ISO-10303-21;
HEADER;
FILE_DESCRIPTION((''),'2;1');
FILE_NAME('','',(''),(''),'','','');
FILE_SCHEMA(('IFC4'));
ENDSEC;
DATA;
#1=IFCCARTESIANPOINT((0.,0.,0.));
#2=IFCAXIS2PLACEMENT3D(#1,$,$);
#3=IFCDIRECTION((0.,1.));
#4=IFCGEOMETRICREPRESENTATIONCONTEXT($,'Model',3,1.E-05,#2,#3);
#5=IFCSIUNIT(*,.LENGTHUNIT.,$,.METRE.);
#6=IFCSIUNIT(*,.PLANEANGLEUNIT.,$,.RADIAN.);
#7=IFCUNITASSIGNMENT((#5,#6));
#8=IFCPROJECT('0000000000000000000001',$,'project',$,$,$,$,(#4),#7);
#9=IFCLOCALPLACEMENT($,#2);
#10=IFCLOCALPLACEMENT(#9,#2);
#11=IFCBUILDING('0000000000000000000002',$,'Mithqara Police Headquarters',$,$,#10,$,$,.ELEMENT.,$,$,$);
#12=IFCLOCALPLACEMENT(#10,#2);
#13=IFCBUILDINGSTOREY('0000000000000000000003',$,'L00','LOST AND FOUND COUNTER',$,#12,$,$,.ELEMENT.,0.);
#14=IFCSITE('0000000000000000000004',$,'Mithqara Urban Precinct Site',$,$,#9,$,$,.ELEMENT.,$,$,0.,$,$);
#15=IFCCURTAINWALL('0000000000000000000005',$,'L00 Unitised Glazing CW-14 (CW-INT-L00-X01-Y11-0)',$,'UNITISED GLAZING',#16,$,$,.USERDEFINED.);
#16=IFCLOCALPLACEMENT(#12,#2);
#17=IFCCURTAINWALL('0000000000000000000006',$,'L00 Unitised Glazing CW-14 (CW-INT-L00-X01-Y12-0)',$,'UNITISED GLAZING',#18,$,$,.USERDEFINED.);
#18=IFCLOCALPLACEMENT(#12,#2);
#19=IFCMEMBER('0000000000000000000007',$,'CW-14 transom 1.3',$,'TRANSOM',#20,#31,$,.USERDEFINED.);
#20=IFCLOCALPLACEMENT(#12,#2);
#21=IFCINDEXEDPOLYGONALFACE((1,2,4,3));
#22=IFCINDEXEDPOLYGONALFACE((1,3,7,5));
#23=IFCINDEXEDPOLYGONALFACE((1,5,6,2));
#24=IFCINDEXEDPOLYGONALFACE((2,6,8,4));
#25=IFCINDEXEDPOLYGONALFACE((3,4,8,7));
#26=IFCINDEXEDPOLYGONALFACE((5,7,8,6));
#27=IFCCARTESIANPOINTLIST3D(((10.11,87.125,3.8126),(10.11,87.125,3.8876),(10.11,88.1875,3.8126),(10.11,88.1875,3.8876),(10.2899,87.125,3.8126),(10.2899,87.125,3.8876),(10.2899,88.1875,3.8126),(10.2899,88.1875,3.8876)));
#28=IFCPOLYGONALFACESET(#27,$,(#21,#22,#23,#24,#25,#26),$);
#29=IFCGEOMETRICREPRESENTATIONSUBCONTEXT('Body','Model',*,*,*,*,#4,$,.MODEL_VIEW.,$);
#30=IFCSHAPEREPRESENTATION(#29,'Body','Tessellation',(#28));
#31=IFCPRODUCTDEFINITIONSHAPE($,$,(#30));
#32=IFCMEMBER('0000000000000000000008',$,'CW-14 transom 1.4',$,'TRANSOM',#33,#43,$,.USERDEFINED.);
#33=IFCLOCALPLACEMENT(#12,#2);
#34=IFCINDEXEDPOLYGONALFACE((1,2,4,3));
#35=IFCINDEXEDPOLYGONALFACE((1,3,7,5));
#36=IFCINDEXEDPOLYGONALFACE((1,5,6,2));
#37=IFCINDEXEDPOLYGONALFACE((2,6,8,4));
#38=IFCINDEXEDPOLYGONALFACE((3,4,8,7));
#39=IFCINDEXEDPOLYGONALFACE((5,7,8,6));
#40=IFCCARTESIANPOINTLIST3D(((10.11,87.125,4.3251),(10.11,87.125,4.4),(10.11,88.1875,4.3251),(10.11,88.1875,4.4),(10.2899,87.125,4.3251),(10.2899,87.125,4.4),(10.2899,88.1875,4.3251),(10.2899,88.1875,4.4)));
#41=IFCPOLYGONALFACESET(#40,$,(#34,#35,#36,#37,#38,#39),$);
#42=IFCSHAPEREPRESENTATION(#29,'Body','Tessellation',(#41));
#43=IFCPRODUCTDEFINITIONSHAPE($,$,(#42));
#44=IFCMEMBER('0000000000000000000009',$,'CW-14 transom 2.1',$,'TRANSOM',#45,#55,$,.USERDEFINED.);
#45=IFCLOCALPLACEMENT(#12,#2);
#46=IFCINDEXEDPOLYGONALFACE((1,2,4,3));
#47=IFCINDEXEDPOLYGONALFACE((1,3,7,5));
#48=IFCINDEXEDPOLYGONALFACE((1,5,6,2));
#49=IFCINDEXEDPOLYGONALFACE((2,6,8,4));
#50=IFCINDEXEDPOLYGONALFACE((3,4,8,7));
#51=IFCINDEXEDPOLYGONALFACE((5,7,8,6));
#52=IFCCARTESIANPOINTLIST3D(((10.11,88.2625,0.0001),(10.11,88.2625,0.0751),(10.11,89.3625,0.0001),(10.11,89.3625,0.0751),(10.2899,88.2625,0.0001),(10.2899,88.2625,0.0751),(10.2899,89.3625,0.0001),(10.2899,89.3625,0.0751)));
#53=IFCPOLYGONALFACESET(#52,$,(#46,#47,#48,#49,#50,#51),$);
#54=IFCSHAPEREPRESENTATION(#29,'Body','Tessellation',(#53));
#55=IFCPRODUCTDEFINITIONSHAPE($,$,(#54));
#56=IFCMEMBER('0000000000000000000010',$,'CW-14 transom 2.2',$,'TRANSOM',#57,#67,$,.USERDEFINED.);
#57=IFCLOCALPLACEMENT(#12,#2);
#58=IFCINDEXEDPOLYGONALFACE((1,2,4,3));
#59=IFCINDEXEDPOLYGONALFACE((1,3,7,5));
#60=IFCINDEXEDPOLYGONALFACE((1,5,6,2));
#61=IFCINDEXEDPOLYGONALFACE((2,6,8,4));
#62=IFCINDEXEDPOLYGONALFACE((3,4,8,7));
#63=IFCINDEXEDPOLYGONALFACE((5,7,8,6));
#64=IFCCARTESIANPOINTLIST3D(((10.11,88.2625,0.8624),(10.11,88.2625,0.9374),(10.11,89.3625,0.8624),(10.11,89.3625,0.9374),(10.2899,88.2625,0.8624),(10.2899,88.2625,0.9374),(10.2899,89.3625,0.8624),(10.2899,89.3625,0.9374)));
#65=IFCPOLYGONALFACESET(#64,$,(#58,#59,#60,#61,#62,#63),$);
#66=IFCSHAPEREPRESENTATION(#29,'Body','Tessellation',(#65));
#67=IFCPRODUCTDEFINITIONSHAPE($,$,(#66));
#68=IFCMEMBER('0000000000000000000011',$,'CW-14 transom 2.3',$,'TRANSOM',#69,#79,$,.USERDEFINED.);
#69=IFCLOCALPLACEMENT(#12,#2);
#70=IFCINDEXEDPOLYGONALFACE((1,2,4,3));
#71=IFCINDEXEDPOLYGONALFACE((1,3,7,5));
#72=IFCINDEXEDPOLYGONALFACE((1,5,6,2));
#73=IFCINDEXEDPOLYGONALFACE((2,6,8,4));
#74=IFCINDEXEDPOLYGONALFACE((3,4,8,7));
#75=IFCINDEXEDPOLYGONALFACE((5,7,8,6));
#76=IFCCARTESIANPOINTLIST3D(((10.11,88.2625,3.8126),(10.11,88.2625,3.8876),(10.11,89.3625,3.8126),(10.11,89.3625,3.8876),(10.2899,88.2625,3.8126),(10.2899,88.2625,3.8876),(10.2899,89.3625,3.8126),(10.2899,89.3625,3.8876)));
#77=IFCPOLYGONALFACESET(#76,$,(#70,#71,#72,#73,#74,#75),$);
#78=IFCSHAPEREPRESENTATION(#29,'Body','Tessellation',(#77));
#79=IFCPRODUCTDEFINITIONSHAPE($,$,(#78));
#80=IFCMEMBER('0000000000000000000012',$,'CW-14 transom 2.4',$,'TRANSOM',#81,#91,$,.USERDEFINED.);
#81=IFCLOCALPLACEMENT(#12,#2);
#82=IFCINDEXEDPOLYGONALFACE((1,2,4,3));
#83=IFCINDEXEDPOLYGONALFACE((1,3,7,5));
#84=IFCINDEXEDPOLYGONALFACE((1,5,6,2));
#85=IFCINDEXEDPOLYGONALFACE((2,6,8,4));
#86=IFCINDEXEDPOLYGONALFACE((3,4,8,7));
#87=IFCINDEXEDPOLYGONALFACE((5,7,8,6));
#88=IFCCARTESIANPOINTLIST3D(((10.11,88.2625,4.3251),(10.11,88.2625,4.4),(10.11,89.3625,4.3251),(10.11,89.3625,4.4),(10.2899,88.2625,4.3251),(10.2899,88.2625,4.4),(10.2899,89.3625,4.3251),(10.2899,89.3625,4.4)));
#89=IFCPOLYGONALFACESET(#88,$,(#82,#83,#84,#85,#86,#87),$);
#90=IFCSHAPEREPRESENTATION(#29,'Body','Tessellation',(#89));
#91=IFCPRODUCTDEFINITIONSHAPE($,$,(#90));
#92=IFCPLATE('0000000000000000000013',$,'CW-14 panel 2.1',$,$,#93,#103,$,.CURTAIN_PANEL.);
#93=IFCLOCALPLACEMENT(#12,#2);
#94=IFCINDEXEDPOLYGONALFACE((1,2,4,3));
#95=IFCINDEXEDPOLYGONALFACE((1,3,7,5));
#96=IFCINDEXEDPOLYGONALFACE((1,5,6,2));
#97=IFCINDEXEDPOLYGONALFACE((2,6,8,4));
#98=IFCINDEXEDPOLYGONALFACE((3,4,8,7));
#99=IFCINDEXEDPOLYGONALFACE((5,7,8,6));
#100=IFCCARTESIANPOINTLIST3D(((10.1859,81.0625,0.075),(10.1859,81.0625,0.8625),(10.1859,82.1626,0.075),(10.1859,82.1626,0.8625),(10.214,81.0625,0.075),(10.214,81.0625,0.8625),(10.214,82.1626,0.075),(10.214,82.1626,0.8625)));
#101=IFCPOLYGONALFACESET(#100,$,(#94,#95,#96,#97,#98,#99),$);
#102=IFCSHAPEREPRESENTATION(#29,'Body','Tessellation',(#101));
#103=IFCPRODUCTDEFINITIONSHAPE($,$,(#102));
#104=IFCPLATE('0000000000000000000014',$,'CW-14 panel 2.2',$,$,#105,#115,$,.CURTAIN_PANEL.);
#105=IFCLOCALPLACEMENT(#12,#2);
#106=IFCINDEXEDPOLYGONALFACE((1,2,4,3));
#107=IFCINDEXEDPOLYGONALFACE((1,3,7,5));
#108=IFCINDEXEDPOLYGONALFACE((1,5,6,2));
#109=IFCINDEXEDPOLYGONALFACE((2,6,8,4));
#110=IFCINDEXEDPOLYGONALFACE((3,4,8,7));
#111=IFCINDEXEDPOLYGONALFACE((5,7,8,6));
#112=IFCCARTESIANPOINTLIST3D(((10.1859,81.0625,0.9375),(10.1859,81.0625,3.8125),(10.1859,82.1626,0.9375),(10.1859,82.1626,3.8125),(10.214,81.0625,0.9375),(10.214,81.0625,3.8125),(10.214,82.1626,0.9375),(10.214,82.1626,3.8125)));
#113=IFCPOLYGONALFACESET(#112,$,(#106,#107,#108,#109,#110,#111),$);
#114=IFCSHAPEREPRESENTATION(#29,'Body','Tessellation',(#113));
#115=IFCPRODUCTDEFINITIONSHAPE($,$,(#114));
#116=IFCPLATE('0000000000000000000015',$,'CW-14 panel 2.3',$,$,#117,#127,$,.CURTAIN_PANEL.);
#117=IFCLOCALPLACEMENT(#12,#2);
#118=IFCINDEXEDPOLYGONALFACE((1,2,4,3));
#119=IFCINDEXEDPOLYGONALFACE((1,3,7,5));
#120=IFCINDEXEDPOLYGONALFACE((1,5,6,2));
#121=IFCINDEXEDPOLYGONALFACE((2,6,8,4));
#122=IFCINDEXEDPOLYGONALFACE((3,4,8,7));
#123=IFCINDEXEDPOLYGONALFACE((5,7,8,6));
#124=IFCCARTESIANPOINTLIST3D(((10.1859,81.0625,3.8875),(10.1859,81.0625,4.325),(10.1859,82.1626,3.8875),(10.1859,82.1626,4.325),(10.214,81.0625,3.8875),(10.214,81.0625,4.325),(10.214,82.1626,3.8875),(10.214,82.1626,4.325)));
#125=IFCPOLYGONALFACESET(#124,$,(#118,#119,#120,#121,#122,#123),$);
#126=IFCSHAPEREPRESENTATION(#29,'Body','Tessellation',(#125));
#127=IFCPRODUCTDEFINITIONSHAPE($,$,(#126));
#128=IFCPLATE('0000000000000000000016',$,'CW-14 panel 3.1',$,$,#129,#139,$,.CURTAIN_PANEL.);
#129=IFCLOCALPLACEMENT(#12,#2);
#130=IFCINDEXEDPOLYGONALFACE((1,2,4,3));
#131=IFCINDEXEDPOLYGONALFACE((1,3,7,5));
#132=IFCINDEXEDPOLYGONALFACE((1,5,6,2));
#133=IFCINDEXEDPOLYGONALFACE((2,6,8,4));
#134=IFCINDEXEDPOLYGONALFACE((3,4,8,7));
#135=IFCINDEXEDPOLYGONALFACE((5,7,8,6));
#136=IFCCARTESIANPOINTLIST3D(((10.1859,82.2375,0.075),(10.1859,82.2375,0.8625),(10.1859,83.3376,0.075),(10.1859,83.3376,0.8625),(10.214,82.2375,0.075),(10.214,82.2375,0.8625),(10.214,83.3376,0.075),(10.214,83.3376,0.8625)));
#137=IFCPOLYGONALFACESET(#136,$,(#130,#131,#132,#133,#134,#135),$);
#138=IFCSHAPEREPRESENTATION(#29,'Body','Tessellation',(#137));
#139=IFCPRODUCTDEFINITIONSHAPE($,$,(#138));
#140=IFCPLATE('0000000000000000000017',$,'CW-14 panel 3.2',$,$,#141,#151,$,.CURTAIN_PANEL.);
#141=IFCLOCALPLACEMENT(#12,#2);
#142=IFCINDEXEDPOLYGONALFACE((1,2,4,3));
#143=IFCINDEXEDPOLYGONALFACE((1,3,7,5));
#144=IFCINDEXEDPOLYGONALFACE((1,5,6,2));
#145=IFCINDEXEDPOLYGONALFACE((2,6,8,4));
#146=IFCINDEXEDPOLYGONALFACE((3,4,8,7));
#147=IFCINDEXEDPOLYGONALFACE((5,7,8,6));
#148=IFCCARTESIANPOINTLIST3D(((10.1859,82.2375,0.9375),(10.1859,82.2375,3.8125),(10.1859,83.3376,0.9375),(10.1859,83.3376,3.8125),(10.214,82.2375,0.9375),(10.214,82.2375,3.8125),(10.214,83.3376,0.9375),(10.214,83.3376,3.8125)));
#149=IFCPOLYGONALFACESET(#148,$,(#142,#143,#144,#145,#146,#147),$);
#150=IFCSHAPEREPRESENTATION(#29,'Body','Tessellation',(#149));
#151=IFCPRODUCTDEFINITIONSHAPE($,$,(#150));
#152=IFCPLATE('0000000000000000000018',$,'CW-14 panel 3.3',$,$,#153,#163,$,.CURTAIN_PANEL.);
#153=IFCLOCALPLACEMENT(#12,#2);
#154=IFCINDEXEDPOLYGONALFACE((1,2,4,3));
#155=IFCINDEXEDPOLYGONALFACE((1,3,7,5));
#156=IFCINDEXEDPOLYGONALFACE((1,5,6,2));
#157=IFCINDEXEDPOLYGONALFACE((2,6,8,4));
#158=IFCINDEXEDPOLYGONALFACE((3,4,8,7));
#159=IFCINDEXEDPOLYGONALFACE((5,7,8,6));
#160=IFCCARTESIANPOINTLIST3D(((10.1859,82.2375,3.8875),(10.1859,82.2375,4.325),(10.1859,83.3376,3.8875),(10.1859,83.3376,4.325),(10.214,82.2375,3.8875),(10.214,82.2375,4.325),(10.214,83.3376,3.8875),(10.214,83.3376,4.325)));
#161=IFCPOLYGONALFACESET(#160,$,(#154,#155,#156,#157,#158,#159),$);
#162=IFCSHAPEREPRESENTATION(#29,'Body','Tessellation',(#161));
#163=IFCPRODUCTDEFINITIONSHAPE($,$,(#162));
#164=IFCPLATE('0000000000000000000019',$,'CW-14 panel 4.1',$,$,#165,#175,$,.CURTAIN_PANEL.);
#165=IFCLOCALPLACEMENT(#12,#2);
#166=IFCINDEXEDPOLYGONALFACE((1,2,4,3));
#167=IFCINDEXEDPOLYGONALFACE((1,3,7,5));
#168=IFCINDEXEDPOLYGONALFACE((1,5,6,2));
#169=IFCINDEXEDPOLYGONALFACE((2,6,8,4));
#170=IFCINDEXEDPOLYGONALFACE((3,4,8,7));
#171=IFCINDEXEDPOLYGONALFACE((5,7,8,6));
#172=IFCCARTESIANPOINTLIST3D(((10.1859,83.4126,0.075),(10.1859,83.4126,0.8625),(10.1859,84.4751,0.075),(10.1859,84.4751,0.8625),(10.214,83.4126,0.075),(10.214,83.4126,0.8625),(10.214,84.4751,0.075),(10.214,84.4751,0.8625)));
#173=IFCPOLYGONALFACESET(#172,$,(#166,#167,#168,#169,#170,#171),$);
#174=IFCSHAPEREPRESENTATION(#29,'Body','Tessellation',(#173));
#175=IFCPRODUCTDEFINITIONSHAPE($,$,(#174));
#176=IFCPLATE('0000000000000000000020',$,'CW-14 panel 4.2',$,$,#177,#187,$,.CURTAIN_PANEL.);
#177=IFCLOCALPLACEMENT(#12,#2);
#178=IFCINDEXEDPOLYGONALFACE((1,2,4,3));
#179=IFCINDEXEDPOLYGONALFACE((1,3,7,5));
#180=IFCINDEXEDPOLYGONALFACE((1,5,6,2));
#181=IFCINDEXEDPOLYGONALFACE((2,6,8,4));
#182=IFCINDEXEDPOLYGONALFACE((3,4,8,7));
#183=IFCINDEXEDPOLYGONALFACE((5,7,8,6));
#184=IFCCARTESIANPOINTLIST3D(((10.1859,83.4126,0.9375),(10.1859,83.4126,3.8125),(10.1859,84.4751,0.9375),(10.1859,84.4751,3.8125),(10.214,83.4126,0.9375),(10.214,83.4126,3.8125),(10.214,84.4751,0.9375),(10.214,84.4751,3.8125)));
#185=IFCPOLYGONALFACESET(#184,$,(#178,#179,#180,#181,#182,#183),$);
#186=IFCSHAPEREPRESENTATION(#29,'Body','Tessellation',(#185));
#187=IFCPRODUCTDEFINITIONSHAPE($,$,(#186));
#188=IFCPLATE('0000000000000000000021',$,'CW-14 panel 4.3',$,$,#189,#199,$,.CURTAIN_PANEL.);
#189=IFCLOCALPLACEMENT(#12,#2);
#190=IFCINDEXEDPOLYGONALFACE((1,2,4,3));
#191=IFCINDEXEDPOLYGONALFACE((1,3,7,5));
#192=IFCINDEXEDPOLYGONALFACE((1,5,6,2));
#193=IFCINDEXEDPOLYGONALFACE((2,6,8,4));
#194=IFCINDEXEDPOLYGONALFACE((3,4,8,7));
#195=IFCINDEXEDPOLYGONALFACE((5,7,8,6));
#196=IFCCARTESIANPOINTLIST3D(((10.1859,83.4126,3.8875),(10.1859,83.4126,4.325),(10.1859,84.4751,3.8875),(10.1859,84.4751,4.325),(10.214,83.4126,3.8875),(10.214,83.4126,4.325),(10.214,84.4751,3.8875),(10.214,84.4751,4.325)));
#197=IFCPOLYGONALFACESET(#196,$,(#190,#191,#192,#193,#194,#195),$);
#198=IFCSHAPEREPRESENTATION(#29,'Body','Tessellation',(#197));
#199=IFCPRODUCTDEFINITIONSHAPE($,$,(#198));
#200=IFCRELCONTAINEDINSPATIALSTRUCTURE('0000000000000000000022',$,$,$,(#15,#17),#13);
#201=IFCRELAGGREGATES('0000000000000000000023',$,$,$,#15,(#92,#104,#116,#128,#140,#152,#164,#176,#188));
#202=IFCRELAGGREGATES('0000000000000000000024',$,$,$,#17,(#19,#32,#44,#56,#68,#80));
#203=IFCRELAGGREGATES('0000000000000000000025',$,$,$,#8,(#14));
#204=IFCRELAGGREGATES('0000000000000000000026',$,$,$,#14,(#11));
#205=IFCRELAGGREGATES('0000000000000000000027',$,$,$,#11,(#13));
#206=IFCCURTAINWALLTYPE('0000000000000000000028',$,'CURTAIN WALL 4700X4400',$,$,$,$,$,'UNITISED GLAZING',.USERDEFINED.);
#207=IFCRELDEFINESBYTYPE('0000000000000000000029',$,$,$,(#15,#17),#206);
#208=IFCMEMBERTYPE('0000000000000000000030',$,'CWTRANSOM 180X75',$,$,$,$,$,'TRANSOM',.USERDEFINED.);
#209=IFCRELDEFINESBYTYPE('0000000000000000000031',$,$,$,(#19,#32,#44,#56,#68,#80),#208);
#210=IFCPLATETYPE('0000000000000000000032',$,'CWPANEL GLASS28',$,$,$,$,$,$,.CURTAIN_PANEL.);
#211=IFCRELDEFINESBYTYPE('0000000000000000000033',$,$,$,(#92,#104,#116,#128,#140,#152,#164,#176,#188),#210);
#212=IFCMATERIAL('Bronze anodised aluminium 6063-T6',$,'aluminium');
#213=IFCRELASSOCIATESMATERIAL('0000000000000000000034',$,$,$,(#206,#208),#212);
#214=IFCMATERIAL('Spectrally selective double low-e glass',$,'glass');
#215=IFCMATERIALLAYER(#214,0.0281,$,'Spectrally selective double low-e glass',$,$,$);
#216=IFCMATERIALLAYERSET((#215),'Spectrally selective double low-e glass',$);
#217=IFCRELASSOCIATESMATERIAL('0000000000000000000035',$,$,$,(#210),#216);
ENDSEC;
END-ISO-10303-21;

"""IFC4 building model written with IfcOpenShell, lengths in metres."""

from ifc_helpers import new_model, si_unit, direction, frame, origin, origin_2d, place, context, subcontext, project, spatial, rectangle, extrude, material, layer, layer_set, material_profile, profile_set, type_object, element, aggregate, save


model = new_model("IFC4")

# Units and contexts
model_context = context("Model", 3, precision=1e-05, world=origin(), true_north=direction((0.0, 1.0)))
body_context = subcontext(model_context, "Body", "Model", "MODEL_VIEW")
ifc_project = project(units=[si_unit("LENGTHUNIT", "METRE"), si_unit("PLANEANGLEUNIT", "RADIAN")], contexts=[model_context])

# Site, building, storey
site_placement = place(None, origin())
site = spatial("IfcSite", under=ifc_project, at=site_placement, Name="Mithqara Urban Precinct Site", CompositionType="ELEMENT", RefElevation=0.0)
building_placement = place(site_placement, origin())
building = spatial("IfcBuilding", under=site, at=building_placement, Name="Mithqara Police Headquarters", CompositionType="ELEMENT")
storey_placement = place(building_placement, origin())
storey = spatial("IfcBuildingStorey", under=building, at=storey_placement, Name="L00", Description="LOST AND FOUND COUNTER", CompositionType="ELEMENT", Elevation=0.0)

# Curtain walls
ifc_material_1 = material(Name="Bronze anodised aluminium 6063-T6", Category="aluminium")
curtain_wall_type = type_object("IfcCurtainWallType", Name="CURTAIN WALL 4700X4400", ElementType="UNITISED GLAZING", PredefinedType="USERDEFINED", material=ifc_material_1)
curtain_wall_1_placement = place(storey_placement, origin())
curtain_wall_1 = element("IfcCurtainWall", 1, at=curtain_wall_1_placement, inside=storey, type_object=curtain_wall_type, Name="L00 Unitised Glazing CW-14 (CW-INT-L00-X01-Y11-0)", ObjectType="UNITISED GLAZING", PredefinedType="USERDEFINED")
curtain_wall_2_placement = place(storey_placement, origin())
curtain_wall_2 = element("IfcCurtainWall", 2, at=curtain_wall_2_placement, inside=storey, type_object=curtain_wall_type, Name="L00 Unitised Glazing CW-14 (CW-INT-L00-X01-Y12-0)", ObjectType="UNITISED GLAZING", PredefinedType="USERDEFINED")

# Members
ifc_material_profile_1 = material_profile(ifc_material_1, rectangle(XDim=0.1799, YDim=0.075, at=origin_2d()), Name="CWT 180x75")
ifc_profile_set_1 = profile_set([ifc_material_profile_1], Name="Bronze anodised aluminium 6063-T6")
member_type_1 = type_object("IfcMemberType", Name="CWTRANSOM 180X75", ElementType="TRANSOM", PredefinedType="USERDEFINED", material=ifc_profile_set_1)
member_1_placement = place(storey_placement, frame((10.2, 87.125, 3.8501), z_axis=(0.0, 1.0, 0.0), x_axis=(-1.0, 0.0, 0.0)))
member_1 = element("IfcMember", 3, at=member_1_placement, type_object=member_type_1, Name="CW-14 transom 1.3", ObjectType="TRANSOM", PredefinedType="USERDEFINED", context=body_context, shape_type="SweptSolid", body=[
    extrude(rectangle(XDim=0.1799, YDim=0.075, at=origin_2d()), origin(), (0.0, 0.0, 1.0), 1.0625),
])
member_2_placement = place(storey_placement, frame((10.2, 87.125, 4.3625), z_axis=(0.0, 1.0, 0.0), x_axis=(-1.0, 0.0, 0.0)))
member_2 = element("IfcMember", 4, at=member_2_placement, type_object=member_type_1, Name="CW-14 transom 1.4", ObjectType="TRANSOM", PredefinedType="USERDEFINED", context=body_context, shape_type="SweptSolid", body=[
    extrude(rectangle(XDim=0.1799, YDim=0.075, at=origin_2d()), origin(), (0.0, 0.0, 1.0), 1.0625),
])
member_3_placement = place(storey_placement, frame((10.2, 88.2625, 0.0376), z_axis=(0.0, 1.0, 0.0), x_axis=(-1.0, 0.0, 0.0)))
member_3 = element("IfcMember", 5, at=member_3_placement, type_object=member_type_1, Name="CW-14 transom 2.1", ObjectType="TRANSOM", PredefinedType="USERDEFINED", context=body_context, shape_type="SweptSolid", body=[
    extrude(rectangle(XDim=0.1799, YDim=0.075, at=origin_2d()), origin(), (0.0, 0.0, 1.0), 1.1001),
])
member_4_placement = place(storey_placement, frame((10.2, 88.2625, 0.8999), z_axis=(0.0, 1.0, 0.0), x_axis=(-1.0, 0.0, 0.0)))
member_4 = element("IfcMember", 6, at=member_4_placement, type_object=member_type_1, Name="CW-14 transom 2.2", ObjectType="TRANSOM", PredefinedType="USERDEFINED", context=body_context, shape_type="SweptSolid", body=[
    extrude(rectangle(XDim=0.1799, YDim=0.075, at=origin_2d()), origin(), (0.0, 0.0, 1.0), 1.1001),
])
member_5_placement = place(storey_placement, frame((10.2, 88.2625, 3.8501), z_axis=(0.0, 1.0, 0.0), x_axis=(-1.0, 0.0, 0.0)))
member_5 = element("IfcMember", 7, at=member_5_placement, type_object=member_type_1, Name="CW-14 transom 2.3", ObjectType="TRANSOM", PredefinedType="USERDEFINED", context=body_context, shape_type="SweptSolid", body=[
    extrude(rectangle(XDim=0.1799, YDim=0.075, at=origin_2d()), origin(), (0.0, 0.0, 1.0), 1.1001),
])
member_6_placement = place(storey_placement, frame((10.2, 88.2625, 4.3625), z_axis=(0.0, 1.0, 0.0), x_axis=(-1.0, 0.0, 0.0)))
member_6 = element("IfcMember", 8, at=member_6_placement, type_object=member_type_1, Name="CW-14 transom 2.4", ObjectType="TRANSOM", PredefinedType="USERDEFINED", context=body_context, shape_type="SweptSolid", body=[
    extrude(rectangle(XDim=0.1799, YDim=0.075, at=origin_2d()), origin(), (0.0, 0.0, 1.0), 1.1001),
])

# Plates
ifc_material_2 = material(Name="Spectrally selective double low-e glass", Category="glass")
ifc_layer = layer(ifc_material_2, 0.0281, Name="Spectrally selective double low-e glass")
ifc_layer_set = layer_set([ifc_layer], Name="Spectrally selective double low-e glass")
plate_type = type_object("IfcPlateType", Name="CWPANEL GLASS28", PredefinedType="CURTAIN_PANEL", material=ifc_layer_set)
plate_1_placement = place(storey_placement, frame((10.2, 81.6125, 0.075), z_axis=(0.0, 0.0, 1.0), x_axis=(0.0, 1.0, 0.0)))
plate_1 = element("IfcPlate", 9, at=plate_1_placement, type_object=plate_type, Name="CW-14 panel 2.1", PredefinedType="CURTAIN_PANEL", context=body_context, shape_type="SweptSolid", body=[
    extrude(rectangle(XDim=1.1001, YDim=0.0281, at=origin_2d()), origin(), (0.0, 0.0, 1.0), 0.7876),
])
plate_2_placement = place(storey_placement, frame((10.2, 81.6125, 0.9375), z_axis=(0.0, 0.0, 1.0), x_axis=(0.0, 1.0, 0.0)))
plate_2 = element("IfcPlate", 10, at=plate_2_placement, type_object=plate_type, Name="CW-14 panel 2.2", PredefinedType="CURTAIN_PANEL", context=body_context, shape_type="SweptSolid", body=[
    extrude(rectangle(XDim=1.1001, YDim=0.0281, at=origin_2d()), origin(), (0.0, 0.0, 1.0), 2.875),
])
plate_3_placement = place(storey_placement, frame((10.2, 81.6125, 3.8875), z_axis=(0.0, 0.0, 1.0), x_axis=(0.0, 1.0, 0.0)))
plate_3 = element("IfcPlate", 11, at=plate_3_placement, type_object=plate_type, Name="CW-14 panel 2.3", PredefinedType="CURTAIN_PANEL", context=body_context, shape_type="SweptSolid", body=[
    extrude(rectangle(XDim=1.1001, YDim=0.0281, at=origin_2d()), origin(), (0.0, 0.0, 1.0), 0.4375),
])
plate_4_placement = place(storey_placement, frame((10.2, 82.7876, 0.075), z_axis=(0.0, 0.0, 1.0), x_axis=(0.0, 1.0, 0.0)))
plate_4 = element("IfcPlate", 12, at=plate_4_placement, type_object=plate_type, Name="CW-14 panel 3.1", PredefinedType="CURTAIN_PANEL", context=body_context, shape_type="SweptSolid", body=[
    extrude(rectangle(XDim=1.1001, YDim=0.0281, at=origin_2d()), origin(), (0.0, 0.0, 1.0), 0.7876),
])
plate_5_placement = place(storey_placement, frame((10.2, 82.7876, 0.9375), z_axis=(0.0, 0.0, 1.0), x_axis=(0.0, 1.0, 0.0)))
plate_5 = element("IfcPlate", 13, at=plate_5_placement, type_object=plate_type, Name="CW-14 panel 3.2", PredefinedType="CURTAIN_PANEL", context=body_context, shape_type="SweptSolid", body=[
    extrude(rectangle(XDim=1.1001, YDim=0.0281, at=origin_2d()), origin(), (0.0, 0.0, 1.0), 2.875),
])
plate_6_placement = place(storey_placement, frame((10.2, 82.7876, 3.8875), z_axis=(0.0, 0.0, 1.0), x_axis=(0.0, 1.0, 0.0)))
plate_6 = element("IfcPlate", 14, at=plate_6_placement, type_object=plate_type, Name="CW-14 panel 3.3", PredefinedType="CURTAIN_PANEL", context=body_context, shape_type="SweptSolid", body=[
    extrude(rectangle(XDim=1.1001, YDim=0.0281, at=origin_2d()), origin(), (0.0, 0.0, 1.0), 0.4375),
])
plate_7_placement = place(storey_placement, frame((10.2, 83.9438, 0.075), z_axis=(0.0, 0.0, 1.0), x_axis=(0.0, 1.0, 0.0)))
plate_7 = element("IfcPlate", 15, at=plate_7_placement, type_object=plate_type, Name="CW-14 panel 4.1", PredefinedType="CURTAIN_PANEL", context=body_context, shape_type="SweptSolid", body=[
    extrude(rectangle(XDim=1.0625, YDim=0.0281, at=origin_2d()), origin(), (0.0, 0.0, 1.0), 0.7876),
])
plate_8_placement = place(storey_placement, frame((10.2, 83.9438, 0.9375), z_axis=(0.0, 0.0, 1.0), x_axis=(0.0, 1.0, 0.0)))
plate_8 = element("IfcPlate", 16, at=plate_8_placement, type_object=plate_type, Name="CW-14 panel 4.2", PredefinedType="CURTAIN_PANEL", context=body_context, shape_type="SweptSolid", body=[
    extrude(rectangle(XDim=1.0625, YDim=0.0281, at=origin_2d()), origin(), (0.0, 0.0, 1.0), 2.875),
])
plate_9_placement = place(storey_placement, frame((10.2, 83.9438, 3.8875), z_axis=(0.0, 0.0, 1.0), x_axis=(0.0, 1.0, 0.0)))
plate_9 = element("IfcPlate", 17, at=plate_9_placement, type_object=plate_type, Name="CW-14 panel 4.3", PredefinedType="CURTAIN_PANEL", context=body_context, shape_type="SweptSolid", body=[
    extrude(rectangle(XDim=1.0625, YDim=0.0281, at=origin_2d()), origin(), (0.0, 0.0, 1.0), 0.4375),
])
aggregate(curtain_wall_1, [plate_1, plate_2, plate_3, plate_4, plate_5, plate_6, plate_7, plate_8, plate_9])
aggregate(curtain_wall_2, [member_1, member_2, member_3, member_4, member_5, member_6])

save(model, "model.ifc")
